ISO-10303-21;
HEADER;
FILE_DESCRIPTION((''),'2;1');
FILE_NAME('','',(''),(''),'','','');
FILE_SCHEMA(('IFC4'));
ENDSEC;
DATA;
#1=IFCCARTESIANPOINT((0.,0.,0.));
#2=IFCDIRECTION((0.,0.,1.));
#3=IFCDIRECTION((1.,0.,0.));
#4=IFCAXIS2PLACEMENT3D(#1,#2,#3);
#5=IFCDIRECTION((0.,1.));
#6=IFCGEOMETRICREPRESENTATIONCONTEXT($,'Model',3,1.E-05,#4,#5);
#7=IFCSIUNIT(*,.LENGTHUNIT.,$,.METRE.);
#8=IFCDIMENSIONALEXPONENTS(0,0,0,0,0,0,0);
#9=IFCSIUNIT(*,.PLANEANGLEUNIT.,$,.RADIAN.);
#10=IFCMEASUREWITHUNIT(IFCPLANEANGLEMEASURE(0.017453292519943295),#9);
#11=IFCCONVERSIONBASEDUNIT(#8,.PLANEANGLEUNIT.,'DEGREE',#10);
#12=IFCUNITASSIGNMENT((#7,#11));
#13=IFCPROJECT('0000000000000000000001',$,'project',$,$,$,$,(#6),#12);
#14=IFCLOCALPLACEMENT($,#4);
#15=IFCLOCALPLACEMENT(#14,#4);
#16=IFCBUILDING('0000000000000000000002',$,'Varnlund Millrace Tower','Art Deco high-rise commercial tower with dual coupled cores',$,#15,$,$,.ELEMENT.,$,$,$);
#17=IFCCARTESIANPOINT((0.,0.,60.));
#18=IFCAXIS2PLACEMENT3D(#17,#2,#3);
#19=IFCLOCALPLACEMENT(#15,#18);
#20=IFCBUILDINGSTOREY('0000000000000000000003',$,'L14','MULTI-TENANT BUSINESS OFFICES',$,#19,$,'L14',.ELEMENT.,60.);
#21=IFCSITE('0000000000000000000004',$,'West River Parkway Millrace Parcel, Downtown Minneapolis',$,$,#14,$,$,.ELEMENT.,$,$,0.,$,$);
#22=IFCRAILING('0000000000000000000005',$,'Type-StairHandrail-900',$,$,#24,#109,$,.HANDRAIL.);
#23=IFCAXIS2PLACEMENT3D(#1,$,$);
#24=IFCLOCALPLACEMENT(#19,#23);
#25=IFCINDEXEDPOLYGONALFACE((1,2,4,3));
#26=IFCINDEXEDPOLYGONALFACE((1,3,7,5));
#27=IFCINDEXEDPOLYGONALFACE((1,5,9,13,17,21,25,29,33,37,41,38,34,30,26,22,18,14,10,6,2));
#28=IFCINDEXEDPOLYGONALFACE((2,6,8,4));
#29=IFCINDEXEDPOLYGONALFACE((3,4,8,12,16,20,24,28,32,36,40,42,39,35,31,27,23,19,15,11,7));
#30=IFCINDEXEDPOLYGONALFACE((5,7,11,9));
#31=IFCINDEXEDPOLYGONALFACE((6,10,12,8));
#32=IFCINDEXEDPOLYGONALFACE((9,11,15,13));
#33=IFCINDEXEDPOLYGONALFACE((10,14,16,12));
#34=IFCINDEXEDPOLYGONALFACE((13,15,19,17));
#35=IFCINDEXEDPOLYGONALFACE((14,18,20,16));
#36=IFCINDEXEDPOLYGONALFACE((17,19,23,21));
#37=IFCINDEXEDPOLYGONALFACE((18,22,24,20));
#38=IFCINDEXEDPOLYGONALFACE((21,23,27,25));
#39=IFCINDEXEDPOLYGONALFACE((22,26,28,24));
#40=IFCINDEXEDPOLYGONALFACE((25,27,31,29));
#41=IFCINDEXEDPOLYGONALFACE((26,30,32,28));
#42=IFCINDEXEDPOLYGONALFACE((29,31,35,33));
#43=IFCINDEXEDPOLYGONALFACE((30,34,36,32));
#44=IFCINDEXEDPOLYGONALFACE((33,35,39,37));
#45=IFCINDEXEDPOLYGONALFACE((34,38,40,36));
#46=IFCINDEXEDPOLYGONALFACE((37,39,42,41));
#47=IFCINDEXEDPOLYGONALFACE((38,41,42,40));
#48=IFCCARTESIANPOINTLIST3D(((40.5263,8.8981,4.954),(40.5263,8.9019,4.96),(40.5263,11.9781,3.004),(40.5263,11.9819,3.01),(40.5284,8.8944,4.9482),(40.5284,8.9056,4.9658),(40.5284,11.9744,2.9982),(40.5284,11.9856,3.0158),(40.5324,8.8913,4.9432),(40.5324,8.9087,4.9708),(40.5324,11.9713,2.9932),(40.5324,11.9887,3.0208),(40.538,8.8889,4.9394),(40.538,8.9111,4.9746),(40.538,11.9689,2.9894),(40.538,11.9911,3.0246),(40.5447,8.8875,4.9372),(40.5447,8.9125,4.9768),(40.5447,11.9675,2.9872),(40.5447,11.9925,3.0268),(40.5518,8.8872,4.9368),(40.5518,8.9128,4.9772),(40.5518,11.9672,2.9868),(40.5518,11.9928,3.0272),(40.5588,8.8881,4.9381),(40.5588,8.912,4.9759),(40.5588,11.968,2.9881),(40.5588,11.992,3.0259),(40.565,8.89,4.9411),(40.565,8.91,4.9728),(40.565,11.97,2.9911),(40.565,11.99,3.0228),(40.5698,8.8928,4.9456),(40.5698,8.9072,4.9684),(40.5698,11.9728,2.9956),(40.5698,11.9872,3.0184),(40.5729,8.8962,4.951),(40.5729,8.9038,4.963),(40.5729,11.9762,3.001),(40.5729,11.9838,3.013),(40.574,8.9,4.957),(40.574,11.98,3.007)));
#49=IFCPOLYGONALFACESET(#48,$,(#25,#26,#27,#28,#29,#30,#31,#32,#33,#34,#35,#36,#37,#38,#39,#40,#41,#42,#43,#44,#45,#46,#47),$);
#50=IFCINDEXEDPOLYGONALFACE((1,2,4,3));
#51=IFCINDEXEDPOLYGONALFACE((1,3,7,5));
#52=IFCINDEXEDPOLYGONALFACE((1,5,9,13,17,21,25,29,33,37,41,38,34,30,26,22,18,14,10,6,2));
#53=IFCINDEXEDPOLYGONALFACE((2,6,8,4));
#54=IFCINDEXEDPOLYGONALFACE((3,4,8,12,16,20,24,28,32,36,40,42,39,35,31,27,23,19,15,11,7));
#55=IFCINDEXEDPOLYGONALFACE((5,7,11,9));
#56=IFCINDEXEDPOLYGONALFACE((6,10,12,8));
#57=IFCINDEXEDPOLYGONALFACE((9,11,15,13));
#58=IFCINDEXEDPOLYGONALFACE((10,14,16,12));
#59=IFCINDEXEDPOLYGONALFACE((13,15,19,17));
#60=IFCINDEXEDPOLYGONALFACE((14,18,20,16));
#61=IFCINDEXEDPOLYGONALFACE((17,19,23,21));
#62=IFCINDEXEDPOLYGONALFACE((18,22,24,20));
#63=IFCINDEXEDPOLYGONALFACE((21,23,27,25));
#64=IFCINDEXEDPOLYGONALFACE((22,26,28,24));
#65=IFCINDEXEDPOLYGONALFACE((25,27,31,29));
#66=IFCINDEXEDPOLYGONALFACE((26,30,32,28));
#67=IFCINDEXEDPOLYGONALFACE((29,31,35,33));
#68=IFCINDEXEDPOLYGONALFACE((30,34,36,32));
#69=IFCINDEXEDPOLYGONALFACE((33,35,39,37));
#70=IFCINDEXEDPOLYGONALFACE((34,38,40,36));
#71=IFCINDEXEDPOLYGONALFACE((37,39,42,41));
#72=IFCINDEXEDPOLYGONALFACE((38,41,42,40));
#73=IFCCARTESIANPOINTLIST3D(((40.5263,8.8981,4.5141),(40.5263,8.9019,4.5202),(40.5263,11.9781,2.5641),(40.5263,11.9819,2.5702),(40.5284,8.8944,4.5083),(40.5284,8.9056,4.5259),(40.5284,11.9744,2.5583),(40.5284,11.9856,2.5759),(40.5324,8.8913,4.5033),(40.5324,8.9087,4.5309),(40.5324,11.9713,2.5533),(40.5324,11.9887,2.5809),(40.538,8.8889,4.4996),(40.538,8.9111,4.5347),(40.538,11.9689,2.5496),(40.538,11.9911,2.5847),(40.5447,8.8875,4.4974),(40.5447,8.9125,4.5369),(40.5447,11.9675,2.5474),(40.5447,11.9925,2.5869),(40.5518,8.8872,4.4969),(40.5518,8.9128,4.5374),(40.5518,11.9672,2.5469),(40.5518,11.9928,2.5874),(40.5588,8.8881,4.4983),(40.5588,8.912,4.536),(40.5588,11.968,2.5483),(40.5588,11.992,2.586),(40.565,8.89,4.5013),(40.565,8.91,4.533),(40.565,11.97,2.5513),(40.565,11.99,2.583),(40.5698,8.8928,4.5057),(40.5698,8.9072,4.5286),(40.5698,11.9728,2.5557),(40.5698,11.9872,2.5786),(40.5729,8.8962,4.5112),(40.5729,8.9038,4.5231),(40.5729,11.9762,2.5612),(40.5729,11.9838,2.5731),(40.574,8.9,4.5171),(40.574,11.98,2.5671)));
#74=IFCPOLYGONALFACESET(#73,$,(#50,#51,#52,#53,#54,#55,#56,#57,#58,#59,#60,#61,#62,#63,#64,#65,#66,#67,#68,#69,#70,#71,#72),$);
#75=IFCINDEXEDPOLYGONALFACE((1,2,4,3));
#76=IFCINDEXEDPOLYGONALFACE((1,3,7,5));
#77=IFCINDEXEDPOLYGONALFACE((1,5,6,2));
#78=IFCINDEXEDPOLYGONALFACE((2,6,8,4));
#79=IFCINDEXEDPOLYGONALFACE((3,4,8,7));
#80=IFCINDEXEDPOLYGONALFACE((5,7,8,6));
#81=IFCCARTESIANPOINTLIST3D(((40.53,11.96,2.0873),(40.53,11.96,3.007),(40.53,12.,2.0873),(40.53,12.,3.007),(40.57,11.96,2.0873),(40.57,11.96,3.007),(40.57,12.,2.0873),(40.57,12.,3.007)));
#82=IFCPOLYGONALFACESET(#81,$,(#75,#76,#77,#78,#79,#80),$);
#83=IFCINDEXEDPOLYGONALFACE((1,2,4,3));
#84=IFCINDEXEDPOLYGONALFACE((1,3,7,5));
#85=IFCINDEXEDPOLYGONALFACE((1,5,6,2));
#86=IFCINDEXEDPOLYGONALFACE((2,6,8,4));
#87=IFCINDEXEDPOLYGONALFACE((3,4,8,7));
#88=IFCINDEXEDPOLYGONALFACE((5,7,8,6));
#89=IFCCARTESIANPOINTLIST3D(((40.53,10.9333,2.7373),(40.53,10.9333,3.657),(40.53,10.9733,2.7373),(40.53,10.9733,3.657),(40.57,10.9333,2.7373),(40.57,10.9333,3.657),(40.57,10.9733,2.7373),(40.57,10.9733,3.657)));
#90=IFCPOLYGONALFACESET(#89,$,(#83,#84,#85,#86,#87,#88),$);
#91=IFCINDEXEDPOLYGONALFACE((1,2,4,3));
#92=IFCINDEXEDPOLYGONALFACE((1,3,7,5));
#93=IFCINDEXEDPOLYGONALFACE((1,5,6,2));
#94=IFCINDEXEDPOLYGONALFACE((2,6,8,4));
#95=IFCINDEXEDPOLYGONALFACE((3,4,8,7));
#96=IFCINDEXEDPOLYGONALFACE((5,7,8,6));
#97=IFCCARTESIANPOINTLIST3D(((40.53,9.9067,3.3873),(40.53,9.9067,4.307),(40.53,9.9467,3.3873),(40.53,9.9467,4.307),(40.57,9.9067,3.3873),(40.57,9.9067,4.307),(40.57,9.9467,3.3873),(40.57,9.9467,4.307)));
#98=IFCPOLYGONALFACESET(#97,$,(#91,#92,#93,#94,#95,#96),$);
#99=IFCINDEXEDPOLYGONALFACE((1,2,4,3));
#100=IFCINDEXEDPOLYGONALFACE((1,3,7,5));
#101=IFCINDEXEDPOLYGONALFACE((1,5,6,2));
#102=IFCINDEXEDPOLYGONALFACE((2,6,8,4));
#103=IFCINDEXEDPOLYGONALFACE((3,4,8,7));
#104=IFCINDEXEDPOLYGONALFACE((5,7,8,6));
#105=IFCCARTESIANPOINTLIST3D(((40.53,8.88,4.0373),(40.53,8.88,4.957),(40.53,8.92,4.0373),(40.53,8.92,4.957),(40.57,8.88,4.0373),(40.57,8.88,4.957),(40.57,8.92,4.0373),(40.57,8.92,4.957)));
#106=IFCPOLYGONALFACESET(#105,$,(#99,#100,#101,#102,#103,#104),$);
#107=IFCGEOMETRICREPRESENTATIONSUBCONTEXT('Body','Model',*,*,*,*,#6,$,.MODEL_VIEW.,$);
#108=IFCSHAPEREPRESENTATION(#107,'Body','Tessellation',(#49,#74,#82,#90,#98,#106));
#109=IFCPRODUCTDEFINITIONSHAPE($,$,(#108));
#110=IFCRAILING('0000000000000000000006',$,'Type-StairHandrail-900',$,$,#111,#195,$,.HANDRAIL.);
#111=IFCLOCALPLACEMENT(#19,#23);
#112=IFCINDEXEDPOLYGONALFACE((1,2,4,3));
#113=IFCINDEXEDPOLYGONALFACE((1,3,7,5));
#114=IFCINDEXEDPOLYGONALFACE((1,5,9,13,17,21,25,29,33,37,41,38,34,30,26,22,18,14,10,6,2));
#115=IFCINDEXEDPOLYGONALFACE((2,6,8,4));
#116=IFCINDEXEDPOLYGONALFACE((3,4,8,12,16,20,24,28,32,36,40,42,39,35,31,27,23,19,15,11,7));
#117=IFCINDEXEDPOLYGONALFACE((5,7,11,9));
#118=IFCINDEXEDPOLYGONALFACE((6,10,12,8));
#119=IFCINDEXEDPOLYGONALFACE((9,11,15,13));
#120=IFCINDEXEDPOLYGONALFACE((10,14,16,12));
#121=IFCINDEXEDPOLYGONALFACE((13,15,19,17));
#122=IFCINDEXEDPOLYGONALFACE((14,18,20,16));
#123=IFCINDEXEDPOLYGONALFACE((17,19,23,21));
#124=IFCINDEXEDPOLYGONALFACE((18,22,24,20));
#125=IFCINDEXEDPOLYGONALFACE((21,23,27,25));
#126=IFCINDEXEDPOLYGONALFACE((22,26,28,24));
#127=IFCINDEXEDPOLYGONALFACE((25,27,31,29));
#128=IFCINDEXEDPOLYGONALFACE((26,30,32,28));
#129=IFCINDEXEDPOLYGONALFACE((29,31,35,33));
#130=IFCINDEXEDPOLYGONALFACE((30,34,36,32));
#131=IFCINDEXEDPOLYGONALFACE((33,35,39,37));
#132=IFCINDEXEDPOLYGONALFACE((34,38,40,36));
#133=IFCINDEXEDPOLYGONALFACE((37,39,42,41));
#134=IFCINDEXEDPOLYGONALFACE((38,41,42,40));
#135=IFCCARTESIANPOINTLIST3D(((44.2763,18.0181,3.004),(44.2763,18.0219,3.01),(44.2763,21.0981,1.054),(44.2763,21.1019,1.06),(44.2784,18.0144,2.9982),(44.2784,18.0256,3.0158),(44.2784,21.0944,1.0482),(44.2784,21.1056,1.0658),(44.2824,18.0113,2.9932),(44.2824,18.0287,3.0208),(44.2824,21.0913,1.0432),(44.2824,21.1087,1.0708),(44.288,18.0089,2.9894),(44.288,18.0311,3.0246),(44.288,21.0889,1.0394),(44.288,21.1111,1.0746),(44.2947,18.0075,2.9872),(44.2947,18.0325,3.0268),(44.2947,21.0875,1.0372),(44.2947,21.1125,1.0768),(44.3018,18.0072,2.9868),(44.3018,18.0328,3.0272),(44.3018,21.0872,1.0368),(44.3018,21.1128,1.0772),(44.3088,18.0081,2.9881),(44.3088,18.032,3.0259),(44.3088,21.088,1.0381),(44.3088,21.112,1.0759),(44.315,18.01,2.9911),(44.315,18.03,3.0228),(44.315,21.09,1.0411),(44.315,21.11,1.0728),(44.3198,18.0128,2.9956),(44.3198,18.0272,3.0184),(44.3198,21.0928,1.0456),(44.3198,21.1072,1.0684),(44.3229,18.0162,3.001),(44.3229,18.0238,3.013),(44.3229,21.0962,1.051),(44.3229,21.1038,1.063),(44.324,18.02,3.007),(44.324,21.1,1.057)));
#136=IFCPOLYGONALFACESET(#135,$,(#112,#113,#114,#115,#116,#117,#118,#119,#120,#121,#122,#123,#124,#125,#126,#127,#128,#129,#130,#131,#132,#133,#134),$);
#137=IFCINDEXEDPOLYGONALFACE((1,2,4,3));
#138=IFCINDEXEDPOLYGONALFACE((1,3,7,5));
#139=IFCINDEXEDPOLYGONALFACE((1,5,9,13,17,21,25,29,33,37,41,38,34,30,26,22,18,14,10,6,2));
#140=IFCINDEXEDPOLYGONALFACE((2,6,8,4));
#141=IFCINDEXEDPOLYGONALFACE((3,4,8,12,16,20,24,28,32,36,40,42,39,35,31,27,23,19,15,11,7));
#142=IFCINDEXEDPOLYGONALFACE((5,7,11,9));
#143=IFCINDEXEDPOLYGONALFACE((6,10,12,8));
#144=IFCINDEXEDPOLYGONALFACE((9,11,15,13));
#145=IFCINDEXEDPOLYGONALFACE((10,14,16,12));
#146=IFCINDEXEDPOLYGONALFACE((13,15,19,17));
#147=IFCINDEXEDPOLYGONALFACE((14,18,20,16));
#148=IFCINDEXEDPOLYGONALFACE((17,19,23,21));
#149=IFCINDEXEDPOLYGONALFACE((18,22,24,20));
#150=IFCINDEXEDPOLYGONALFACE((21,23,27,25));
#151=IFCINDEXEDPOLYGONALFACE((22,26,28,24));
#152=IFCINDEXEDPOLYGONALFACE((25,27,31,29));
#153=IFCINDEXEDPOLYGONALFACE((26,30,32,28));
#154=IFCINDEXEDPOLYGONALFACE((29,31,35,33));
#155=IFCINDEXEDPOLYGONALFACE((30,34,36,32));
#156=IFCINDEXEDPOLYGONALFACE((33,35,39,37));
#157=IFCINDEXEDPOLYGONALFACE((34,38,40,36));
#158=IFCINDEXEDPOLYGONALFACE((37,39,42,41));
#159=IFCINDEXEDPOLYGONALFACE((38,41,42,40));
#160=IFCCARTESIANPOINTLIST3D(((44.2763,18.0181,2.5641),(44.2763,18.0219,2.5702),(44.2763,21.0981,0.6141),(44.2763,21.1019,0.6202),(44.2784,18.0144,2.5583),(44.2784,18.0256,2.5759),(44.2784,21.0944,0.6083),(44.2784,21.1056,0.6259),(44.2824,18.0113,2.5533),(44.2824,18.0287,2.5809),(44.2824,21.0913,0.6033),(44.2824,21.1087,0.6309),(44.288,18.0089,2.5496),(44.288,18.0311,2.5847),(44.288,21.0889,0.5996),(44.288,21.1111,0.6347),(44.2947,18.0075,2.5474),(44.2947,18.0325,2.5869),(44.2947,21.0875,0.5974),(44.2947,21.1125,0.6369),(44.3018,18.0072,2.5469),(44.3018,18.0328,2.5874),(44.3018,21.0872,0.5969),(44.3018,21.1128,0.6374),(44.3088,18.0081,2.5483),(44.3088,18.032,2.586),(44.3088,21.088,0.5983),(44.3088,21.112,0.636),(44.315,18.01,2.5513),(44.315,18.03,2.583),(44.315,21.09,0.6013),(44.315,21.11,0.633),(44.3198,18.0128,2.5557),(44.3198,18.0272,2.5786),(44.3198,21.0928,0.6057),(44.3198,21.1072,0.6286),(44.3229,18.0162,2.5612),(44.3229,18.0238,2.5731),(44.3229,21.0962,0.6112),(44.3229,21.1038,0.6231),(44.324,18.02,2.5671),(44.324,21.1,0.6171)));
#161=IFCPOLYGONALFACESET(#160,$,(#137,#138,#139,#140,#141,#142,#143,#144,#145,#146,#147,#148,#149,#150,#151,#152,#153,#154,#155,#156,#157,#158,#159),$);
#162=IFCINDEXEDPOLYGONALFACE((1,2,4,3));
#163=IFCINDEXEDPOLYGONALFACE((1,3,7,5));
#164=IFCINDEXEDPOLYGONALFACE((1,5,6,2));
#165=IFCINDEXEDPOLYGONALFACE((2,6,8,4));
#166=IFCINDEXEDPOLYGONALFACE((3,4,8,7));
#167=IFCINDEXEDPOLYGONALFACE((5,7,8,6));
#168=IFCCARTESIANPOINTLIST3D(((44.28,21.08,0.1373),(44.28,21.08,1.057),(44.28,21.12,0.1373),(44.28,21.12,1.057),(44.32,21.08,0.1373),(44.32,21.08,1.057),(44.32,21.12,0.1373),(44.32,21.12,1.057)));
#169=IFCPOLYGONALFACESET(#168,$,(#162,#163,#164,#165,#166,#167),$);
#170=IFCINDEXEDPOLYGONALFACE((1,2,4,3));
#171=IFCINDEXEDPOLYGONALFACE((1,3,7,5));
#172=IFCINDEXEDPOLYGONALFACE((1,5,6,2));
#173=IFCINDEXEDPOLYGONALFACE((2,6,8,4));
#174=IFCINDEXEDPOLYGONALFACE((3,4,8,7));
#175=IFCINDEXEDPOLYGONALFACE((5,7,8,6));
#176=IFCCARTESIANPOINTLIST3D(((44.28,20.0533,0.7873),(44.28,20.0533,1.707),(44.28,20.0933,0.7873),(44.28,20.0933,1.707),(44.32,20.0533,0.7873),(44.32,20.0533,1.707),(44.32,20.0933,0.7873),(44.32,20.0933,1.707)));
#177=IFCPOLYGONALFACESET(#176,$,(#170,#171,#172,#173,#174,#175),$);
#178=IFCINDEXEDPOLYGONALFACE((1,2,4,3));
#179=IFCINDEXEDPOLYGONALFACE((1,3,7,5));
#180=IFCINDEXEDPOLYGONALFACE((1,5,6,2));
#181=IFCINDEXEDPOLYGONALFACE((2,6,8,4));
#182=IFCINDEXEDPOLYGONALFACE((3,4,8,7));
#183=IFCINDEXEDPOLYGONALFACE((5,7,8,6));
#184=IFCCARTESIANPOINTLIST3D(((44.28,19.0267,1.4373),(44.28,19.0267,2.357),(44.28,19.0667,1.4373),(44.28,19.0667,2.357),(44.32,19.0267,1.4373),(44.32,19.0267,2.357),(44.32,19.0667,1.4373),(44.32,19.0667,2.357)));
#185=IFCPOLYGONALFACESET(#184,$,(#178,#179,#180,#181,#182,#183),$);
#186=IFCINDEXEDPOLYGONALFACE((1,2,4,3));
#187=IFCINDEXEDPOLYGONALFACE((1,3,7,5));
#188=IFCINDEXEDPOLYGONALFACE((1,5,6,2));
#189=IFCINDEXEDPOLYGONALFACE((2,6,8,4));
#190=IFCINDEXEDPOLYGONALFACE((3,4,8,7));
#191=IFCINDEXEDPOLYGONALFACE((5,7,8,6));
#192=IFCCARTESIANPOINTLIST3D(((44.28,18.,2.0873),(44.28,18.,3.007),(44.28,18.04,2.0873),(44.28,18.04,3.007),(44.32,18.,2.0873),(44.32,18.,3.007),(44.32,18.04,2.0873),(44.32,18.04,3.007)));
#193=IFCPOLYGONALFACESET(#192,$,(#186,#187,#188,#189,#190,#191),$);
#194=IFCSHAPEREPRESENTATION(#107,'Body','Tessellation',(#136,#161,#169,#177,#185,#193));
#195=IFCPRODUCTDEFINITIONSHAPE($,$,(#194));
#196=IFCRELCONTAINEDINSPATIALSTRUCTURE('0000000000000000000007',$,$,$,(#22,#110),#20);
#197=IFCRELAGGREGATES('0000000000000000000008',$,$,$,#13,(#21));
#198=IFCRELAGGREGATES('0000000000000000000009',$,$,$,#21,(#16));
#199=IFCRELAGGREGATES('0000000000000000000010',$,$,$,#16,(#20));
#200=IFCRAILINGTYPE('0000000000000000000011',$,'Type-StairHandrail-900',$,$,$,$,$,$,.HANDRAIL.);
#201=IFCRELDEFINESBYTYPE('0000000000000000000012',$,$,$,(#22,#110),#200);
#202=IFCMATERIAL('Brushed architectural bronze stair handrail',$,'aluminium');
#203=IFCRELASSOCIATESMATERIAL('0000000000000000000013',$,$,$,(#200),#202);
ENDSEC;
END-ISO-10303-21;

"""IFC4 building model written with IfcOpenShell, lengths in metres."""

from ifc_helpers import new_model, entity, si_unit, converted_unit, direction, frame, origin_with_axes, origin_2d_with_axis, place, context, subcontext, project, spatial, rectangle, circle, extrude, material, type_object, element, save


model = new_model("IFC4")

# Units and contexts
model_context = context("Model", 3, precision=1e-05, world=origin_with_axes(), true_north=direction((0.0, 1.0)))
body_context = subcontext(model_context, "Body", "Model", "MODEL_VIEW")
ifc_project = project(units=[si_unit("LENGTHUNIT", "METRE"), converted_unit("PLANEANGLEUNIT", "DEGREE", entity("IfcPlaneAngleMeasure", 0.017453292519943295), si_unit("PLANEANGLEUNIT", "RADIAN"), dimensions=[0, 0, 0, 0, 0, 0, 0])], contexts=[model_context])

# Site, building, storey
site_placement = place(None, origin_with_axes())
site = spatial("IfcSite", under=ifc_project, at=site_placement, Name="West River Parkway Millrace Parcel, Downtown Minneapolis", CompositionType="ELEMENT", RefElevation=0.0)
building_placement = place(site_placement, origin_with_axes())
building = spatial("IfcBuilding", under=site, at=building_placement, Name="Varnlund Millrace Tower", Description="Art Deco high-rise commercial tower with dual coupled cores", CompositionType="ELEMENT")
storey_placement = place(building_placement, frame((0.0, 0.0, 60.0), z_axis=(0.0, 0.0, 1.0), x_axis=(1.0, 0.0, 0.0)))
storey = spatial("IfcBuildingStorey", under=building, at=storey_placement, Name="L14", Description="MULTI-TENANT BUSINESS OFFICES", LongName="L14", CompositionType="ELEMENT", Elevation=60.0)

# Railings
ifc_material_1 = material(Name="Brushed architectural bronze stair handrail", Category="aluminium")
railing_type_1 = type_object("IfcRailingType", Name="Type-StairHandrail-900", PredefinedType="HANDRAIL", material=ifc_material_1)
railing_1_placement = place(storey_placement, frame((0.0, 0.0, -60.0), z_axis=(0.0, 0.0, 1.0), x_axis=(1.0, 0.0, 0.0)))
element("IfcRailing", 1, at=railing_1_placement, inside=storey, type_object=railing_type_1, Name="Type-StairHandrail-900", PredefinedType="HANDRAIL", context=body_context, shape_type="SweptSolid", body=[
    extrude(circle(Radius=0.024, at=origin_2d_with_axis()), frame((40.55, 11.98, 63.007), z_axis=(0.0, -0.844902, 0.534922), x_axis=(1.0, 0.0, 0.0)), (0.0, 0.0, 1.0), 3.6454),
    extrude(circle(Radius=0.024, at=origin_2d_with_axis()), frame((40.55, 11.98, 62.5671), z_axis=(0.0, -0.844902, 0.534922), x_axis=(1.0, 0.0, 0.0)), (0.0, 0.0, 1.0), 3.6454),
    extrude(rectangle(XDim=0.04, YDim=0.04, at=origin_2d_with_axis()), frame((40.55, 11.98, 62.0873), z_axis=(0.0, 0.0, 1.0), x_axis=(1.0, 0.0, 0.0)), (0.0, 0.0, 1.0), 0.9197),
    extrude(rectangle(XDim=0.04, YDim=0.04, at=origin_2d_with_axis()), frame((40.55, 10.9533, 62.7373), z_axis=(0.0, 0.0, 1.0), x_axis=(1.0, 0.0, 0.0)), (0.0, 0.0, 1.0), 0.9197),
    extrude(rectangle(XDim=0.04, YDim=0.04, at=origin_2d_with_axis()), frame((40.55, 9.9267, 63.3873), z_axis=(0.0, 0.0, 1.0), x_axis=(1.0, 0.0, 0.0)), (0.0, 0.0, 1.0), 0.9197),
    extrude(rectangle(XDim=0.04, YDim=0.04, at=origin_2d_with_axis()), frame((40.55, 8.9, 64.0373), z_axis=(0.0, 0.0, 1.0), x_axis=(1.0, 0.0, 0.0)), (0.0, 0.0, 1.0), 0.9197),
])
railing_2_placement = place(storey_placement, frame((0.0, 0.0, -60.0), z_axis=(0.0, 0.0, 1.0), x_axis=(1.0, 0.0, 0.0)))
element("IfcRailing", 2, at=railing_2_placement, inside=storey, type_object=railing_type_1, Name="Type-StairHandrail-900", PredefinedType="HANDRAIL", context=body_context, shape_type="SweptSolid", body=[
    extrude(circle(Radius=0.024, at=origin_2d_with_axis()), frame((44.3, 21.1, 61.057), z_axis=(0.0, -0.844902, 0.534922), x_axis=(1.0, 0.0, 0.0)), (0.0, 0.0, 1.0), 3.6454),
    extrude(circle(Radius=0.024, at=origin_2d_with_axis()), frame((44.3, 21.1, 60.6171), z_axis=(0.0, -0.844902, 0.534922), x_axis=(1.0, 0.0, 0.0)), (0.0, 0.0, 1.0), 3.6454),
    extrude(rectangle(XDim=0.04, YDim=0.04, at=origin_2d_with_axis()), frame((44.3, 21.1, 60.1373), z_axis=(0.0, 0.0, 1.0), x_axis=(1.0, 0.0, 0.0)), (0.0, 0.0, 1.0), 0.9197),
    extrude(rectangle(XDim=0.04, YDim=0.04, at=origin_2d_with_axis()), frame((44.3, 20.0733, 60.7873), z_axis=(0.0, 0.0, 1.0), x_axis=(1.0, 0.0, 0.0)), (0.0, 0.0, 1.0), 0.9197),
    extrude(rectangle(XDim=0.04, YDim=0.04, at=origin_2d_with_axis()), frame((44.3, 19.0467, 61.4373), z_axis=(0.0, 0.0, 1.0), x_axis=(1.0, 0.0, 0.0)), (0.0, 0.0, 1.0), 0.9197),
    extrude(rectangle(XDim=0.04, YDim=0.04, at=origin_2d_with_axis()), frame((44.3, 18.02, 62.0873), z_axis=(0.0, 0.0, 1.0), x_axis=(1.0, 0.0, 0.0)), (0.0, 0.0, 1.0), 0.9197),
])

save(model, "model.ifc")
